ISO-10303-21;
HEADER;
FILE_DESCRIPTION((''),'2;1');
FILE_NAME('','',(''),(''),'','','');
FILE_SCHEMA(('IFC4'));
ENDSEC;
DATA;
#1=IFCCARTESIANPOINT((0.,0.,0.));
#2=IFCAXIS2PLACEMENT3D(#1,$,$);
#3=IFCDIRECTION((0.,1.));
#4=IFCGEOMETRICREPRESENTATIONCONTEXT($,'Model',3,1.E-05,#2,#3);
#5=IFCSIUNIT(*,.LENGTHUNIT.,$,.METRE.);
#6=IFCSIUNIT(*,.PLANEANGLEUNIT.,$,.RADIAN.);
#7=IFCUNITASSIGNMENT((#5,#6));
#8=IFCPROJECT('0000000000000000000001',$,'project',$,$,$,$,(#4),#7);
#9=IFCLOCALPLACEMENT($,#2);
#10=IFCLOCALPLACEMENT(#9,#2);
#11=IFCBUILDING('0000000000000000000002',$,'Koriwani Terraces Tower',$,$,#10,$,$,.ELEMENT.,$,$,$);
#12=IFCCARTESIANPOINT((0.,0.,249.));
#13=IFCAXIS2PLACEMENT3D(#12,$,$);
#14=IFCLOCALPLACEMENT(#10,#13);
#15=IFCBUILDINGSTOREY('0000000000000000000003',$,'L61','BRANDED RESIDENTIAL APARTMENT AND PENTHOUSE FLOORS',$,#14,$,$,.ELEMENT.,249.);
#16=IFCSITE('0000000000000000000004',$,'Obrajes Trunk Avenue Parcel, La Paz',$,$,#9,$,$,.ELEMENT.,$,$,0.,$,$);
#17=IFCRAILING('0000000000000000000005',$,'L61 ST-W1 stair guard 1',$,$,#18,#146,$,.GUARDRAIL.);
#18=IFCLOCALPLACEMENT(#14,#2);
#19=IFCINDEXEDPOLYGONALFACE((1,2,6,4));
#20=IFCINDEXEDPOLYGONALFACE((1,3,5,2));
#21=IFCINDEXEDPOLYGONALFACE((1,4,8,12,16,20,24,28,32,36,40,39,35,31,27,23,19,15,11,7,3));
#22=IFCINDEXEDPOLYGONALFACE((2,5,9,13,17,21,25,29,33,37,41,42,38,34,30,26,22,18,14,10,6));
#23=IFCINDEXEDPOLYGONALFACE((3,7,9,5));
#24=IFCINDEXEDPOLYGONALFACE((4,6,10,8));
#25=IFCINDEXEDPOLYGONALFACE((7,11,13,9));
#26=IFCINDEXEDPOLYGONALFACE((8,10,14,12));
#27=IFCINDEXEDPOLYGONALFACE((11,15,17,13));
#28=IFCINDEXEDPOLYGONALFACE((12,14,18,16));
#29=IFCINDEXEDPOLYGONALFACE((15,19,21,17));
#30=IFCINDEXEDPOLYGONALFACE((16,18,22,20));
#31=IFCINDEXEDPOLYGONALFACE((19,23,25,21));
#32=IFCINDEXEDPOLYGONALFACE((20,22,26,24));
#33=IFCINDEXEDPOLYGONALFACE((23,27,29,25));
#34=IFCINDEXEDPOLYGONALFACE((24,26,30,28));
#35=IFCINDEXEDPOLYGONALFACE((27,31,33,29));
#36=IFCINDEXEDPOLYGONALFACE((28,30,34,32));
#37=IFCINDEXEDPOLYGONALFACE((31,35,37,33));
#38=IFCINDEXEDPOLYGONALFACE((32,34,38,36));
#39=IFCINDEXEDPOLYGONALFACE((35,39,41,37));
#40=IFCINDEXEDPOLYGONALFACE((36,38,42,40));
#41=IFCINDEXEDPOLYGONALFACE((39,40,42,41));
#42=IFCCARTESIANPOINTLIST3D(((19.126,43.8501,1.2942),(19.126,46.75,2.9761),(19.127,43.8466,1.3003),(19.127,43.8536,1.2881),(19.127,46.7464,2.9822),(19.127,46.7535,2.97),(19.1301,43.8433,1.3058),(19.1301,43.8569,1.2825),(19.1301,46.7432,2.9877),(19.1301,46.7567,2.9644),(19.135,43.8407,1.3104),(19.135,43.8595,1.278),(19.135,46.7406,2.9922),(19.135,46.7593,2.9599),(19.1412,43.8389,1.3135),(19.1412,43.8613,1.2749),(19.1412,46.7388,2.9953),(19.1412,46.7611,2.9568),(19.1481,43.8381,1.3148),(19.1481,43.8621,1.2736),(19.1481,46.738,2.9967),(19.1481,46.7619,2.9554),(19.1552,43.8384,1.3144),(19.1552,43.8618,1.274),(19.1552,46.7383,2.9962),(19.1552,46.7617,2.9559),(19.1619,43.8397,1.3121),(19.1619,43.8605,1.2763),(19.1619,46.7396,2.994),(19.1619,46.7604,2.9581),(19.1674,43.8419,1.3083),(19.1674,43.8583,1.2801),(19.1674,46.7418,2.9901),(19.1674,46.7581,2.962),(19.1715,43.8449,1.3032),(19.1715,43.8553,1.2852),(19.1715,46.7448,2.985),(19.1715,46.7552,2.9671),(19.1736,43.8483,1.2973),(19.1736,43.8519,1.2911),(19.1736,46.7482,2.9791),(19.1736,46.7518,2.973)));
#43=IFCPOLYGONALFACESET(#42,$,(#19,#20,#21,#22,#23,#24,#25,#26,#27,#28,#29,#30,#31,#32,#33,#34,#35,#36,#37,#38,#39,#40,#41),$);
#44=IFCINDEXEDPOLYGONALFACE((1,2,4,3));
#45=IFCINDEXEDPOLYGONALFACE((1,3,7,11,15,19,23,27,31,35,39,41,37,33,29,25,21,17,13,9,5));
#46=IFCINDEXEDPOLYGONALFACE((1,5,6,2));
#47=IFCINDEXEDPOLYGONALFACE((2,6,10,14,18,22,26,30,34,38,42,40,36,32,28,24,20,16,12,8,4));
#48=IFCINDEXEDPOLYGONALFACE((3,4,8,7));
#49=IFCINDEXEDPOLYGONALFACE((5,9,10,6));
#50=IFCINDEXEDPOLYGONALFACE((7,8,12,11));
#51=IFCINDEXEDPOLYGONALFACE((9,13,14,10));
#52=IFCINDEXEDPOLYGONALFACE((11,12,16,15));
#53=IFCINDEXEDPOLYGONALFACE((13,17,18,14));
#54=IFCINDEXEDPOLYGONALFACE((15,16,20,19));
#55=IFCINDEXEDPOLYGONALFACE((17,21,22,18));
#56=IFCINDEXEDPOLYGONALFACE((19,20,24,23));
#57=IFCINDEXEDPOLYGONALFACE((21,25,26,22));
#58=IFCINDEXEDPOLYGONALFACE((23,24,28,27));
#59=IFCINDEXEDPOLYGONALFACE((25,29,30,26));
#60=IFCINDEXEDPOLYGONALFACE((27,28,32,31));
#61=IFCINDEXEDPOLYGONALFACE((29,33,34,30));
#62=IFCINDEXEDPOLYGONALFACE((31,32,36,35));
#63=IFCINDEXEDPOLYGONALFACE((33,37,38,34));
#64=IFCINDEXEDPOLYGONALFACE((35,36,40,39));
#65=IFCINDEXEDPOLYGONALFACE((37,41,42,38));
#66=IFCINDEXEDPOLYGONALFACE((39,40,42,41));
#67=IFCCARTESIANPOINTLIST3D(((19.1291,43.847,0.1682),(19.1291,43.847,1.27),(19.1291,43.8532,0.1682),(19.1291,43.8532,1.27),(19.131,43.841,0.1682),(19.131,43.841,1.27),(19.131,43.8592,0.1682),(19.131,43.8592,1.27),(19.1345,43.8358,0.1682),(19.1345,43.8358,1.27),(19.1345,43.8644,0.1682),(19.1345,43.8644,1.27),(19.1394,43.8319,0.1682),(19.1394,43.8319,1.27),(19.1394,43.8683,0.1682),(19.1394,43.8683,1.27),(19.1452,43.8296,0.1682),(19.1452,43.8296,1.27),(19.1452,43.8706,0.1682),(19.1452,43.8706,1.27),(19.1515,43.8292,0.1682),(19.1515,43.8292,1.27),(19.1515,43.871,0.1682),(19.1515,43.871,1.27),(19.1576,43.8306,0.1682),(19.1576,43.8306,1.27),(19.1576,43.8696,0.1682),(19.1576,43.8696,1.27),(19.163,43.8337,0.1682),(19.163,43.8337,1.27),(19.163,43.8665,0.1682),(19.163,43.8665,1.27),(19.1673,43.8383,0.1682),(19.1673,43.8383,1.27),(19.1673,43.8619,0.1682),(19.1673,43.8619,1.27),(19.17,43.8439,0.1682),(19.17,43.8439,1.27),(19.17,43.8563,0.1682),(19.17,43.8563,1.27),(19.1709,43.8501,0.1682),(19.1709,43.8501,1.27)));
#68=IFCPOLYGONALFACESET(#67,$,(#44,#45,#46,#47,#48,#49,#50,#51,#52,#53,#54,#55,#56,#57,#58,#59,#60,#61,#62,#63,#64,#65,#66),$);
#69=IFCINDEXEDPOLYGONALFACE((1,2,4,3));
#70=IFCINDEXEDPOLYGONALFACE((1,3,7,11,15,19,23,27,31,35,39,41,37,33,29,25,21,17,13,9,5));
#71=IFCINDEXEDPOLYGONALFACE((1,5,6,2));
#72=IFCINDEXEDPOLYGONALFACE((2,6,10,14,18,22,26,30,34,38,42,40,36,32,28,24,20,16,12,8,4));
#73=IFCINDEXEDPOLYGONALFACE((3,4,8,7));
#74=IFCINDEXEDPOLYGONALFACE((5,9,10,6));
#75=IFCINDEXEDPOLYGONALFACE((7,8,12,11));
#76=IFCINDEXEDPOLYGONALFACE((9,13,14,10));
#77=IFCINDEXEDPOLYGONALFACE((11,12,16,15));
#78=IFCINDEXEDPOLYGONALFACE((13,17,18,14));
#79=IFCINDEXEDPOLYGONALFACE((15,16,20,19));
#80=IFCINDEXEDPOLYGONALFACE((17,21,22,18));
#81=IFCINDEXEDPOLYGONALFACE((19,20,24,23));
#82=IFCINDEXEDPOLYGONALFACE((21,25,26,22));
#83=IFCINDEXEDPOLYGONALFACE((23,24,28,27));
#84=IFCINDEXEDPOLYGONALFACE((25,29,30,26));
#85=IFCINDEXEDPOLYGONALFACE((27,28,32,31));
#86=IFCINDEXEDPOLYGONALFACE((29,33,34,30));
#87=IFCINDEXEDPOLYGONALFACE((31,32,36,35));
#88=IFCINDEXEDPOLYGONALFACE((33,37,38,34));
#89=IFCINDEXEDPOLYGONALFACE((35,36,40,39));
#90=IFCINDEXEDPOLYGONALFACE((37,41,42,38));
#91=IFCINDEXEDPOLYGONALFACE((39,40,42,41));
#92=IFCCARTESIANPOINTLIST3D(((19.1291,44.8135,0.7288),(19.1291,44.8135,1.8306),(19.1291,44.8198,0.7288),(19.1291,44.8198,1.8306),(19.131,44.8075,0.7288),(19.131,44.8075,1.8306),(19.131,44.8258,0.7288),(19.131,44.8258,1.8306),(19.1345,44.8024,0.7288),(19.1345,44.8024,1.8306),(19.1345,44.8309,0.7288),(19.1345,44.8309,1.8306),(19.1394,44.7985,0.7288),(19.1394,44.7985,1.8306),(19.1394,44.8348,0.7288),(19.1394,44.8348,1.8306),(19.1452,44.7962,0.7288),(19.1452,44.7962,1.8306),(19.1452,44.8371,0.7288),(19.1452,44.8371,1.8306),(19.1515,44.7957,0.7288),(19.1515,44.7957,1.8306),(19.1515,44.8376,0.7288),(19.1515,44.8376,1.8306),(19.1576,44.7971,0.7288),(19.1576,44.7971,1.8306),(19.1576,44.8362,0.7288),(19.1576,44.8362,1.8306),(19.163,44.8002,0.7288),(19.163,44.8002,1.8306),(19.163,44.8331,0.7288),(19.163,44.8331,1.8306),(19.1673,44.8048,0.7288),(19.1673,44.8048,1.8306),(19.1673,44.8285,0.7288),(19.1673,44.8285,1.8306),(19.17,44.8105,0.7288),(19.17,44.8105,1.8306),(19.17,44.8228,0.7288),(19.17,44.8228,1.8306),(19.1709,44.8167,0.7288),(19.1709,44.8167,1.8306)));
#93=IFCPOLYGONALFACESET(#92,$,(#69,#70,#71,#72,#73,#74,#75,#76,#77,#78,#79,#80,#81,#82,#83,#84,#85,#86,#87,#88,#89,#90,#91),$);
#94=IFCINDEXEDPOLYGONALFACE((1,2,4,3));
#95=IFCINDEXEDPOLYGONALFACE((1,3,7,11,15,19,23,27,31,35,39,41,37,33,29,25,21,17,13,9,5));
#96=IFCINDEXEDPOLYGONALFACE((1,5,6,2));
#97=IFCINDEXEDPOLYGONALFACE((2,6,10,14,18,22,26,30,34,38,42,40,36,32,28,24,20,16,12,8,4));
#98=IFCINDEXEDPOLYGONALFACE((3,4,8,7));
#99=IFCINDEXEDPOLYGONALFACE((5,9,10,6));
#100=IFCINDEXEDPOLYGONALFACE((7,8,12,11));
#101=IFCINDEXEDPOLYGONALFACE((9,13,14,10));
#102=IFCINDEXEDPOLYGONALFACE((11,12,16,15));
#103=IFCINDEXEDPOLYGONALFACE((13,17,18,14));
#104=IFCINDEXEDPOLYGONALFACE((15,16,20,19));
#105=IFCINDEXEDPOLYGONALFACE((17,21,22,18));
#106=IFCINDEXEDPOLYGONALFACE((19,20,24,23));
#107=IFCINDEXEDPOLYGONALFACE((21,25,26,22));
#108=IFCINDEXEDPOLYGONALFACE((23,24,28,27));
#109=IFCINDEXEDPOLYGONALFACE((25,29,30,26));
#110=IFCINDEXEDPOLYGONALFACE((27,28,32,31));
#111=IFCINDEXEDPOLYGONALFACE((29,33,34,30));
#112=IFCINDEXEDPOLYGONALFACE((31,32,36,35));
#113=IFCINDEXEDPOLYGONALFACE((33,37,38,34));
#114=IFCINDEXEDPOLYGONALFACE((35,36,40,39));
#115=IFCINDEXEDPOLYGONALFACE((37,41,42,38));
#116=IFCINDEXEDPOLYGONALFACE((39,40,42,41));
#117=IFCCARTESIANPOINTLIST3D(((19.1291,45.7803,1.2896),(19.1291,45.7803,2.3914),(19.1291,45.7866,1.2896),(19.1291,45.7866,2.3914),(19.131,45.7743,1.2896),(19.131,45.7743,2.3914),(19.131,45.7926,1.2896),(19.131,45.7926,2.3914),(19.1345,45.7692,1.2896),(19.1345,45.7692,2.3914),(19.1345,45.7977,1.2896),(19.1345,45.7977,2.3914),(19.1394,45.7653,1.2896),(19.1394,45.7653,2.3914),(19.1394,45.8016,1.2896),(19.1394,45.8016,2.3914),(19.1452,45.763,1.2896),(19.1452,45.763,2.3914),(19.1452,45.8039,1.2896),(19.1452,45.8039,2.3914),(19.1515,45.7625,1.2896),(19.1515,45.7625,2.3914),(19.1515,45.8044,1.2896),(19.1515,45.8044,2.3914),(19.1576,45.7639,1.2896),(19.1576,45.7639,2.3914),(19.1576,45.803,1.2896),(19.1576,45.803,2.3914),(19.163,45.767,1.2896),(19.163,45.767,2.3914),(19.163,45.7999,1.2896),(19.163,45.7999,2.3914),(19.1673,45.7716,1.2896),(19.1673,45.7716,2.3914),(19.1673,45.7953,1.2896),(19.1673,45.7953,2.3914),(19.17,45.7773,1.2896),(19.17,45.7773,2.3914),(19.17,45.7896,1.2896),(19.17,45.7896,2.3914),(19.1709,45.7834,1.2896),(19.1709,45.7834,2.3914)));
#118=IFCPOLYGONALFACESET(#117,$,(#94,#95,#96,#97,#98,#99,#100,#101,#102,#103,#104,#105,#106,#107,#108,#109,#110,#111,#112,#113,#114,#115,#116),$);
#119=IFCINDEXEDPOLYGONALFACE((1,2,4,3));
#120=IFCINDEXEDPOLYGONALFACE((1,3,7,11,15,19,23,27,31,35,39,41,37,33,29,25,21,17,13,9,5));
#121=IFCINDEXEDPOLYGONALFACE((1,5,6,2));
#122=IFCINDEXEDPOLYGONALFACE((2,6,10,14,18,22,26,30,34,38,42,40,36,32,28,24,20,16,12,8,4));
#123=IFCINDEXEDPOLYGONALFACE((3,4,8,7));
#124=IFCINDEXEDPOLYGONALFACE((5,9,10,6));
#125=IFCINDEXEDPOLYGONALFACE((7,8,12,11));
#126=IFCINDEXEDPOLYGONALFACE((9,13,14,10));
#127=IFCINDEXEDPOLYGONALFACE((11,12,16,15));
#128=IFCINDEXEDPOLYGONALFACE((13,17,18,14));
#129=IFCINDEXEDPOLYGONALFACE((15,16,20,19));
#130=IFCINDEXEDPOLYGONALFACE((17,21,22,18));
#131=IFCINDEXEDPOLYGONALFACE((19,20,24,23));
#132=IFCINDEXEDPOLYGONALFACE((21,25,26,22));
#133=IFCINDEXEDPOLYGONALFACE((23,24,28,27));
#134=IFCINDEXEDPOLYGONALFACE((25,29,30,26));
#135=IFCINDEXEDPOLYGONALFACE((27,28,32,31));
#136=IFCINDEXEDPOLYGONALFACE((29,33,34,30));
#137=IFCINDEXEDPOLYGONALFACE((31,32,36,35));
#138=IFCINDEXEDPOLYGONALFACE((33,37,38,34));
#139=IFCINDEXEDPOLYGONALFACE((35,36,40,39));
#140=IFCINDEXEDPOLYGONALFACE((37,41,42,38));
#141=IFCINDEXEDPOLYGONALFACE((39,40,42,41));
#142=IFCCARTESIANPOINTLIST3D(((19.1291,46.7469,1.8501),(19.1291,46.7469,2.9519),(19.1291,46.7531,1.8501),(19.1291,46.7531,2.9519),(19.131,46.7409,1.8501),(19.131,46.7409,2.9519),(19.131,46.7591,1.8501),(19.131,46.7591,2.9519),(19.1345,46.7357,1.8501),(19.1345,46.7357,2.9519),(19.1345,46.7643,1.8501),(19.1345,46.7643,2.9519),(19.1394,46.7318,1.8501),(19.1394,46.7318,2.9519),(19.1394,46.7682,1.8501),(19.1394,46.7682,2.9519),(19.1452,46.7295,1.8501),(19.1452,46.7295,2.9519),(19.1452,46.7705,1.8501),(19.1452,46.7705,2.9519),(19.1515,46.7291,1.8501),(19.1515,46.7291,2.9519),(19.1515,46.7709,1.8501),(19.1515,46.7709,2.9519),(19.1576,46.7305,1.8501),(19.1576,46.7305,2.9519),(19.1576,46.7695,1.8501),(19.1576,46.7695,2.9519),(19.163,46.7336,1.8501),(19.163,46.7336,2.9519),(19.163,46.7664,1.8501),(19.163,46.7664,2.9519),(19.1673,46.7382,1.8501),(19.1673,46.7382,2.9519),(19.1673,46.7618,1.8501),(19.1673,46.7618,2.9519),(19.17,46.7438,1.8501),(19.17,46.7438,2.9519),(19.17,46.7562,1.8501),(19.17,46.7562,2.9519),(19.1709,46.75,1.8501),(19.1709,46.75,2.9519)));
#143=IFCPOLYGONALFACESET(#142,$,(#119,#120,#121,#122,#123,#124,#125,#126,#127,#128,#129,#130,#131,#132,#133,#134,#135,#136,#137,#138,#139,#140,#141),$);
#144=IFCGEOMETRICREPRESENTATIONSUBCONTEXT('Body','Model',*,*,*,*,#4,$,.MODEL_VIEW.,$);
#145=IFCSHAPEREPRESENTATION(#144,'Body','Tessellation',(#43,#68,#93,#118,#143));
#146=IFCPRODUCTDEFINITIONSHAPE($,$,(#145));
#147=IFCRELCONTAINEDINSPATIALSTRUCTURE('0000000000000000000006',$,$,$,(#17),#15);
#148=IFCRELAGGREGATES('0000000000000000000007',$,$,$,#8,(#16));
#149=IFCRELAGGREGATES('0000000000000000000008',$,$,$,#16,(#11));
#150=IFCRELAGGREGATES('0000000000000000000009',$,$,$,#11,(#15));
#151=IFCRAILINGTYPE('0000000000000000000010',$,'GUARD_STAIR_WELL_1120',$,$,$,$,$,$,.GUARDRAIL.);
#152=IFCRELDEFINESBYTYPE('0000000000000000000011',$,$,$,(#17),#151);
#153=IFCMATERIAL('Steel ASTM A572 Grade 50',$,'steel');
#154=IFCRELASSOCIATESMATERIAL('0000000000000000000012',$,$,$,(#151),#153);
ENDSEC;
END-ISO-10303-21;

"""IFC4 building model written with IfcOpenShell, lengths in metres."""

from ifc_helpers import new_model, si_unit, direction, frame, origin, origin_2d, place, context, subcontext, project, spatial, circle, extrude, material, type_object, element, save


model = new_model("IFC4")

# Units and contexts
model_context = context("Model", 3, precision=1e-05, world=origin(), true_north=direction((0.0, 1.0)))
body_context = subcontext(model_context, "Body", "Model", "MODEL_VIEW")
ifc_project = project(units=[si_unit("LENGTHUNIT", "METRE"), si_unit("PLANEANGLEUNIT", "RADIAN")], contexts=[model_context])

# Site, building, storey
site_placement = place(None, origin())
site = spatial("IfcSite", under=ifc_project, at=site_placement, Name="Obrajes Trunk Avenue Parcel, La Paz", CompositionType="ELEMENT", RefElevation=0.0)
building_placement = place(site_placement, origin())
building = spatial("IfcBuilding", under=site, at=building_placement, Name="Koriwani Terraces Tower", CompositionType="ELEMENT")
storey_placement = place(building_placement, frame((0.0, 0.0, 249.0)))
storey = spatial("IfcBuildingStorey", under=building, at=storey_placement, Name="L61", Description="BRANDED RESIDENTIAL APARTMENT AND PENTHOUSE FLOORS", CompositionType="ELEMENT", Elevation=249.0)

# Shared definitions
ifc_material_1 = material(Name="Steel ASTM A572 Grade 50", Category="steel")

# Railing
railing_type_1 = type_object("IfcRailingType", Name="GUARD_STAIR_WELL_1120", PredefinedType="GUARDRAIL", material=ifc_material_1)
railing_1_placement = place(storey_placement, frame((19.1499, 43.8501, 0.1682)))
element("IfcRailing", 1, at=railing_1_placement, inside=storey, type_object=railing_type_1, Name="L61 ST-W1 stair guard 1", PredefinedType="GUARDRAIL", context=body_context, shape_type="SweptSolid", body=[
    extrude(circle(Radius=0.0239, at=origin_2d()), frame((0.0, 0.0, 1.126), z_axis=(0.0, 0.865039, 0.501705), x_axis=(-1.0, 0.0, 0.0)), (0.0, 0.0, 1.0), 3.3523),
    extrude(circle(Radius=0.021, at=origin_2d()), origin(), (0.0, 0.0, 1.0), 1.1018),
    extrude(circle(Radius=0.021, at=origin_2d()), frame((0.0, 0.9666, 0.5605)), (0.0, 0.0, 1.0), 1.1018),
    extrude(circle(Radius=0.021, at=origin_2d()), frame((0.0, 1.9333, 1.1213)), (0.0, 0.0, 1.0), 1.1018),
    extrude(circle(Radius=0.021, at=origin_2d()), frame((0.0, 2.8999, 1.6819)), (0.0, 0.0, 1.0), 1.1018),
])

save(model, "model.ifc")
